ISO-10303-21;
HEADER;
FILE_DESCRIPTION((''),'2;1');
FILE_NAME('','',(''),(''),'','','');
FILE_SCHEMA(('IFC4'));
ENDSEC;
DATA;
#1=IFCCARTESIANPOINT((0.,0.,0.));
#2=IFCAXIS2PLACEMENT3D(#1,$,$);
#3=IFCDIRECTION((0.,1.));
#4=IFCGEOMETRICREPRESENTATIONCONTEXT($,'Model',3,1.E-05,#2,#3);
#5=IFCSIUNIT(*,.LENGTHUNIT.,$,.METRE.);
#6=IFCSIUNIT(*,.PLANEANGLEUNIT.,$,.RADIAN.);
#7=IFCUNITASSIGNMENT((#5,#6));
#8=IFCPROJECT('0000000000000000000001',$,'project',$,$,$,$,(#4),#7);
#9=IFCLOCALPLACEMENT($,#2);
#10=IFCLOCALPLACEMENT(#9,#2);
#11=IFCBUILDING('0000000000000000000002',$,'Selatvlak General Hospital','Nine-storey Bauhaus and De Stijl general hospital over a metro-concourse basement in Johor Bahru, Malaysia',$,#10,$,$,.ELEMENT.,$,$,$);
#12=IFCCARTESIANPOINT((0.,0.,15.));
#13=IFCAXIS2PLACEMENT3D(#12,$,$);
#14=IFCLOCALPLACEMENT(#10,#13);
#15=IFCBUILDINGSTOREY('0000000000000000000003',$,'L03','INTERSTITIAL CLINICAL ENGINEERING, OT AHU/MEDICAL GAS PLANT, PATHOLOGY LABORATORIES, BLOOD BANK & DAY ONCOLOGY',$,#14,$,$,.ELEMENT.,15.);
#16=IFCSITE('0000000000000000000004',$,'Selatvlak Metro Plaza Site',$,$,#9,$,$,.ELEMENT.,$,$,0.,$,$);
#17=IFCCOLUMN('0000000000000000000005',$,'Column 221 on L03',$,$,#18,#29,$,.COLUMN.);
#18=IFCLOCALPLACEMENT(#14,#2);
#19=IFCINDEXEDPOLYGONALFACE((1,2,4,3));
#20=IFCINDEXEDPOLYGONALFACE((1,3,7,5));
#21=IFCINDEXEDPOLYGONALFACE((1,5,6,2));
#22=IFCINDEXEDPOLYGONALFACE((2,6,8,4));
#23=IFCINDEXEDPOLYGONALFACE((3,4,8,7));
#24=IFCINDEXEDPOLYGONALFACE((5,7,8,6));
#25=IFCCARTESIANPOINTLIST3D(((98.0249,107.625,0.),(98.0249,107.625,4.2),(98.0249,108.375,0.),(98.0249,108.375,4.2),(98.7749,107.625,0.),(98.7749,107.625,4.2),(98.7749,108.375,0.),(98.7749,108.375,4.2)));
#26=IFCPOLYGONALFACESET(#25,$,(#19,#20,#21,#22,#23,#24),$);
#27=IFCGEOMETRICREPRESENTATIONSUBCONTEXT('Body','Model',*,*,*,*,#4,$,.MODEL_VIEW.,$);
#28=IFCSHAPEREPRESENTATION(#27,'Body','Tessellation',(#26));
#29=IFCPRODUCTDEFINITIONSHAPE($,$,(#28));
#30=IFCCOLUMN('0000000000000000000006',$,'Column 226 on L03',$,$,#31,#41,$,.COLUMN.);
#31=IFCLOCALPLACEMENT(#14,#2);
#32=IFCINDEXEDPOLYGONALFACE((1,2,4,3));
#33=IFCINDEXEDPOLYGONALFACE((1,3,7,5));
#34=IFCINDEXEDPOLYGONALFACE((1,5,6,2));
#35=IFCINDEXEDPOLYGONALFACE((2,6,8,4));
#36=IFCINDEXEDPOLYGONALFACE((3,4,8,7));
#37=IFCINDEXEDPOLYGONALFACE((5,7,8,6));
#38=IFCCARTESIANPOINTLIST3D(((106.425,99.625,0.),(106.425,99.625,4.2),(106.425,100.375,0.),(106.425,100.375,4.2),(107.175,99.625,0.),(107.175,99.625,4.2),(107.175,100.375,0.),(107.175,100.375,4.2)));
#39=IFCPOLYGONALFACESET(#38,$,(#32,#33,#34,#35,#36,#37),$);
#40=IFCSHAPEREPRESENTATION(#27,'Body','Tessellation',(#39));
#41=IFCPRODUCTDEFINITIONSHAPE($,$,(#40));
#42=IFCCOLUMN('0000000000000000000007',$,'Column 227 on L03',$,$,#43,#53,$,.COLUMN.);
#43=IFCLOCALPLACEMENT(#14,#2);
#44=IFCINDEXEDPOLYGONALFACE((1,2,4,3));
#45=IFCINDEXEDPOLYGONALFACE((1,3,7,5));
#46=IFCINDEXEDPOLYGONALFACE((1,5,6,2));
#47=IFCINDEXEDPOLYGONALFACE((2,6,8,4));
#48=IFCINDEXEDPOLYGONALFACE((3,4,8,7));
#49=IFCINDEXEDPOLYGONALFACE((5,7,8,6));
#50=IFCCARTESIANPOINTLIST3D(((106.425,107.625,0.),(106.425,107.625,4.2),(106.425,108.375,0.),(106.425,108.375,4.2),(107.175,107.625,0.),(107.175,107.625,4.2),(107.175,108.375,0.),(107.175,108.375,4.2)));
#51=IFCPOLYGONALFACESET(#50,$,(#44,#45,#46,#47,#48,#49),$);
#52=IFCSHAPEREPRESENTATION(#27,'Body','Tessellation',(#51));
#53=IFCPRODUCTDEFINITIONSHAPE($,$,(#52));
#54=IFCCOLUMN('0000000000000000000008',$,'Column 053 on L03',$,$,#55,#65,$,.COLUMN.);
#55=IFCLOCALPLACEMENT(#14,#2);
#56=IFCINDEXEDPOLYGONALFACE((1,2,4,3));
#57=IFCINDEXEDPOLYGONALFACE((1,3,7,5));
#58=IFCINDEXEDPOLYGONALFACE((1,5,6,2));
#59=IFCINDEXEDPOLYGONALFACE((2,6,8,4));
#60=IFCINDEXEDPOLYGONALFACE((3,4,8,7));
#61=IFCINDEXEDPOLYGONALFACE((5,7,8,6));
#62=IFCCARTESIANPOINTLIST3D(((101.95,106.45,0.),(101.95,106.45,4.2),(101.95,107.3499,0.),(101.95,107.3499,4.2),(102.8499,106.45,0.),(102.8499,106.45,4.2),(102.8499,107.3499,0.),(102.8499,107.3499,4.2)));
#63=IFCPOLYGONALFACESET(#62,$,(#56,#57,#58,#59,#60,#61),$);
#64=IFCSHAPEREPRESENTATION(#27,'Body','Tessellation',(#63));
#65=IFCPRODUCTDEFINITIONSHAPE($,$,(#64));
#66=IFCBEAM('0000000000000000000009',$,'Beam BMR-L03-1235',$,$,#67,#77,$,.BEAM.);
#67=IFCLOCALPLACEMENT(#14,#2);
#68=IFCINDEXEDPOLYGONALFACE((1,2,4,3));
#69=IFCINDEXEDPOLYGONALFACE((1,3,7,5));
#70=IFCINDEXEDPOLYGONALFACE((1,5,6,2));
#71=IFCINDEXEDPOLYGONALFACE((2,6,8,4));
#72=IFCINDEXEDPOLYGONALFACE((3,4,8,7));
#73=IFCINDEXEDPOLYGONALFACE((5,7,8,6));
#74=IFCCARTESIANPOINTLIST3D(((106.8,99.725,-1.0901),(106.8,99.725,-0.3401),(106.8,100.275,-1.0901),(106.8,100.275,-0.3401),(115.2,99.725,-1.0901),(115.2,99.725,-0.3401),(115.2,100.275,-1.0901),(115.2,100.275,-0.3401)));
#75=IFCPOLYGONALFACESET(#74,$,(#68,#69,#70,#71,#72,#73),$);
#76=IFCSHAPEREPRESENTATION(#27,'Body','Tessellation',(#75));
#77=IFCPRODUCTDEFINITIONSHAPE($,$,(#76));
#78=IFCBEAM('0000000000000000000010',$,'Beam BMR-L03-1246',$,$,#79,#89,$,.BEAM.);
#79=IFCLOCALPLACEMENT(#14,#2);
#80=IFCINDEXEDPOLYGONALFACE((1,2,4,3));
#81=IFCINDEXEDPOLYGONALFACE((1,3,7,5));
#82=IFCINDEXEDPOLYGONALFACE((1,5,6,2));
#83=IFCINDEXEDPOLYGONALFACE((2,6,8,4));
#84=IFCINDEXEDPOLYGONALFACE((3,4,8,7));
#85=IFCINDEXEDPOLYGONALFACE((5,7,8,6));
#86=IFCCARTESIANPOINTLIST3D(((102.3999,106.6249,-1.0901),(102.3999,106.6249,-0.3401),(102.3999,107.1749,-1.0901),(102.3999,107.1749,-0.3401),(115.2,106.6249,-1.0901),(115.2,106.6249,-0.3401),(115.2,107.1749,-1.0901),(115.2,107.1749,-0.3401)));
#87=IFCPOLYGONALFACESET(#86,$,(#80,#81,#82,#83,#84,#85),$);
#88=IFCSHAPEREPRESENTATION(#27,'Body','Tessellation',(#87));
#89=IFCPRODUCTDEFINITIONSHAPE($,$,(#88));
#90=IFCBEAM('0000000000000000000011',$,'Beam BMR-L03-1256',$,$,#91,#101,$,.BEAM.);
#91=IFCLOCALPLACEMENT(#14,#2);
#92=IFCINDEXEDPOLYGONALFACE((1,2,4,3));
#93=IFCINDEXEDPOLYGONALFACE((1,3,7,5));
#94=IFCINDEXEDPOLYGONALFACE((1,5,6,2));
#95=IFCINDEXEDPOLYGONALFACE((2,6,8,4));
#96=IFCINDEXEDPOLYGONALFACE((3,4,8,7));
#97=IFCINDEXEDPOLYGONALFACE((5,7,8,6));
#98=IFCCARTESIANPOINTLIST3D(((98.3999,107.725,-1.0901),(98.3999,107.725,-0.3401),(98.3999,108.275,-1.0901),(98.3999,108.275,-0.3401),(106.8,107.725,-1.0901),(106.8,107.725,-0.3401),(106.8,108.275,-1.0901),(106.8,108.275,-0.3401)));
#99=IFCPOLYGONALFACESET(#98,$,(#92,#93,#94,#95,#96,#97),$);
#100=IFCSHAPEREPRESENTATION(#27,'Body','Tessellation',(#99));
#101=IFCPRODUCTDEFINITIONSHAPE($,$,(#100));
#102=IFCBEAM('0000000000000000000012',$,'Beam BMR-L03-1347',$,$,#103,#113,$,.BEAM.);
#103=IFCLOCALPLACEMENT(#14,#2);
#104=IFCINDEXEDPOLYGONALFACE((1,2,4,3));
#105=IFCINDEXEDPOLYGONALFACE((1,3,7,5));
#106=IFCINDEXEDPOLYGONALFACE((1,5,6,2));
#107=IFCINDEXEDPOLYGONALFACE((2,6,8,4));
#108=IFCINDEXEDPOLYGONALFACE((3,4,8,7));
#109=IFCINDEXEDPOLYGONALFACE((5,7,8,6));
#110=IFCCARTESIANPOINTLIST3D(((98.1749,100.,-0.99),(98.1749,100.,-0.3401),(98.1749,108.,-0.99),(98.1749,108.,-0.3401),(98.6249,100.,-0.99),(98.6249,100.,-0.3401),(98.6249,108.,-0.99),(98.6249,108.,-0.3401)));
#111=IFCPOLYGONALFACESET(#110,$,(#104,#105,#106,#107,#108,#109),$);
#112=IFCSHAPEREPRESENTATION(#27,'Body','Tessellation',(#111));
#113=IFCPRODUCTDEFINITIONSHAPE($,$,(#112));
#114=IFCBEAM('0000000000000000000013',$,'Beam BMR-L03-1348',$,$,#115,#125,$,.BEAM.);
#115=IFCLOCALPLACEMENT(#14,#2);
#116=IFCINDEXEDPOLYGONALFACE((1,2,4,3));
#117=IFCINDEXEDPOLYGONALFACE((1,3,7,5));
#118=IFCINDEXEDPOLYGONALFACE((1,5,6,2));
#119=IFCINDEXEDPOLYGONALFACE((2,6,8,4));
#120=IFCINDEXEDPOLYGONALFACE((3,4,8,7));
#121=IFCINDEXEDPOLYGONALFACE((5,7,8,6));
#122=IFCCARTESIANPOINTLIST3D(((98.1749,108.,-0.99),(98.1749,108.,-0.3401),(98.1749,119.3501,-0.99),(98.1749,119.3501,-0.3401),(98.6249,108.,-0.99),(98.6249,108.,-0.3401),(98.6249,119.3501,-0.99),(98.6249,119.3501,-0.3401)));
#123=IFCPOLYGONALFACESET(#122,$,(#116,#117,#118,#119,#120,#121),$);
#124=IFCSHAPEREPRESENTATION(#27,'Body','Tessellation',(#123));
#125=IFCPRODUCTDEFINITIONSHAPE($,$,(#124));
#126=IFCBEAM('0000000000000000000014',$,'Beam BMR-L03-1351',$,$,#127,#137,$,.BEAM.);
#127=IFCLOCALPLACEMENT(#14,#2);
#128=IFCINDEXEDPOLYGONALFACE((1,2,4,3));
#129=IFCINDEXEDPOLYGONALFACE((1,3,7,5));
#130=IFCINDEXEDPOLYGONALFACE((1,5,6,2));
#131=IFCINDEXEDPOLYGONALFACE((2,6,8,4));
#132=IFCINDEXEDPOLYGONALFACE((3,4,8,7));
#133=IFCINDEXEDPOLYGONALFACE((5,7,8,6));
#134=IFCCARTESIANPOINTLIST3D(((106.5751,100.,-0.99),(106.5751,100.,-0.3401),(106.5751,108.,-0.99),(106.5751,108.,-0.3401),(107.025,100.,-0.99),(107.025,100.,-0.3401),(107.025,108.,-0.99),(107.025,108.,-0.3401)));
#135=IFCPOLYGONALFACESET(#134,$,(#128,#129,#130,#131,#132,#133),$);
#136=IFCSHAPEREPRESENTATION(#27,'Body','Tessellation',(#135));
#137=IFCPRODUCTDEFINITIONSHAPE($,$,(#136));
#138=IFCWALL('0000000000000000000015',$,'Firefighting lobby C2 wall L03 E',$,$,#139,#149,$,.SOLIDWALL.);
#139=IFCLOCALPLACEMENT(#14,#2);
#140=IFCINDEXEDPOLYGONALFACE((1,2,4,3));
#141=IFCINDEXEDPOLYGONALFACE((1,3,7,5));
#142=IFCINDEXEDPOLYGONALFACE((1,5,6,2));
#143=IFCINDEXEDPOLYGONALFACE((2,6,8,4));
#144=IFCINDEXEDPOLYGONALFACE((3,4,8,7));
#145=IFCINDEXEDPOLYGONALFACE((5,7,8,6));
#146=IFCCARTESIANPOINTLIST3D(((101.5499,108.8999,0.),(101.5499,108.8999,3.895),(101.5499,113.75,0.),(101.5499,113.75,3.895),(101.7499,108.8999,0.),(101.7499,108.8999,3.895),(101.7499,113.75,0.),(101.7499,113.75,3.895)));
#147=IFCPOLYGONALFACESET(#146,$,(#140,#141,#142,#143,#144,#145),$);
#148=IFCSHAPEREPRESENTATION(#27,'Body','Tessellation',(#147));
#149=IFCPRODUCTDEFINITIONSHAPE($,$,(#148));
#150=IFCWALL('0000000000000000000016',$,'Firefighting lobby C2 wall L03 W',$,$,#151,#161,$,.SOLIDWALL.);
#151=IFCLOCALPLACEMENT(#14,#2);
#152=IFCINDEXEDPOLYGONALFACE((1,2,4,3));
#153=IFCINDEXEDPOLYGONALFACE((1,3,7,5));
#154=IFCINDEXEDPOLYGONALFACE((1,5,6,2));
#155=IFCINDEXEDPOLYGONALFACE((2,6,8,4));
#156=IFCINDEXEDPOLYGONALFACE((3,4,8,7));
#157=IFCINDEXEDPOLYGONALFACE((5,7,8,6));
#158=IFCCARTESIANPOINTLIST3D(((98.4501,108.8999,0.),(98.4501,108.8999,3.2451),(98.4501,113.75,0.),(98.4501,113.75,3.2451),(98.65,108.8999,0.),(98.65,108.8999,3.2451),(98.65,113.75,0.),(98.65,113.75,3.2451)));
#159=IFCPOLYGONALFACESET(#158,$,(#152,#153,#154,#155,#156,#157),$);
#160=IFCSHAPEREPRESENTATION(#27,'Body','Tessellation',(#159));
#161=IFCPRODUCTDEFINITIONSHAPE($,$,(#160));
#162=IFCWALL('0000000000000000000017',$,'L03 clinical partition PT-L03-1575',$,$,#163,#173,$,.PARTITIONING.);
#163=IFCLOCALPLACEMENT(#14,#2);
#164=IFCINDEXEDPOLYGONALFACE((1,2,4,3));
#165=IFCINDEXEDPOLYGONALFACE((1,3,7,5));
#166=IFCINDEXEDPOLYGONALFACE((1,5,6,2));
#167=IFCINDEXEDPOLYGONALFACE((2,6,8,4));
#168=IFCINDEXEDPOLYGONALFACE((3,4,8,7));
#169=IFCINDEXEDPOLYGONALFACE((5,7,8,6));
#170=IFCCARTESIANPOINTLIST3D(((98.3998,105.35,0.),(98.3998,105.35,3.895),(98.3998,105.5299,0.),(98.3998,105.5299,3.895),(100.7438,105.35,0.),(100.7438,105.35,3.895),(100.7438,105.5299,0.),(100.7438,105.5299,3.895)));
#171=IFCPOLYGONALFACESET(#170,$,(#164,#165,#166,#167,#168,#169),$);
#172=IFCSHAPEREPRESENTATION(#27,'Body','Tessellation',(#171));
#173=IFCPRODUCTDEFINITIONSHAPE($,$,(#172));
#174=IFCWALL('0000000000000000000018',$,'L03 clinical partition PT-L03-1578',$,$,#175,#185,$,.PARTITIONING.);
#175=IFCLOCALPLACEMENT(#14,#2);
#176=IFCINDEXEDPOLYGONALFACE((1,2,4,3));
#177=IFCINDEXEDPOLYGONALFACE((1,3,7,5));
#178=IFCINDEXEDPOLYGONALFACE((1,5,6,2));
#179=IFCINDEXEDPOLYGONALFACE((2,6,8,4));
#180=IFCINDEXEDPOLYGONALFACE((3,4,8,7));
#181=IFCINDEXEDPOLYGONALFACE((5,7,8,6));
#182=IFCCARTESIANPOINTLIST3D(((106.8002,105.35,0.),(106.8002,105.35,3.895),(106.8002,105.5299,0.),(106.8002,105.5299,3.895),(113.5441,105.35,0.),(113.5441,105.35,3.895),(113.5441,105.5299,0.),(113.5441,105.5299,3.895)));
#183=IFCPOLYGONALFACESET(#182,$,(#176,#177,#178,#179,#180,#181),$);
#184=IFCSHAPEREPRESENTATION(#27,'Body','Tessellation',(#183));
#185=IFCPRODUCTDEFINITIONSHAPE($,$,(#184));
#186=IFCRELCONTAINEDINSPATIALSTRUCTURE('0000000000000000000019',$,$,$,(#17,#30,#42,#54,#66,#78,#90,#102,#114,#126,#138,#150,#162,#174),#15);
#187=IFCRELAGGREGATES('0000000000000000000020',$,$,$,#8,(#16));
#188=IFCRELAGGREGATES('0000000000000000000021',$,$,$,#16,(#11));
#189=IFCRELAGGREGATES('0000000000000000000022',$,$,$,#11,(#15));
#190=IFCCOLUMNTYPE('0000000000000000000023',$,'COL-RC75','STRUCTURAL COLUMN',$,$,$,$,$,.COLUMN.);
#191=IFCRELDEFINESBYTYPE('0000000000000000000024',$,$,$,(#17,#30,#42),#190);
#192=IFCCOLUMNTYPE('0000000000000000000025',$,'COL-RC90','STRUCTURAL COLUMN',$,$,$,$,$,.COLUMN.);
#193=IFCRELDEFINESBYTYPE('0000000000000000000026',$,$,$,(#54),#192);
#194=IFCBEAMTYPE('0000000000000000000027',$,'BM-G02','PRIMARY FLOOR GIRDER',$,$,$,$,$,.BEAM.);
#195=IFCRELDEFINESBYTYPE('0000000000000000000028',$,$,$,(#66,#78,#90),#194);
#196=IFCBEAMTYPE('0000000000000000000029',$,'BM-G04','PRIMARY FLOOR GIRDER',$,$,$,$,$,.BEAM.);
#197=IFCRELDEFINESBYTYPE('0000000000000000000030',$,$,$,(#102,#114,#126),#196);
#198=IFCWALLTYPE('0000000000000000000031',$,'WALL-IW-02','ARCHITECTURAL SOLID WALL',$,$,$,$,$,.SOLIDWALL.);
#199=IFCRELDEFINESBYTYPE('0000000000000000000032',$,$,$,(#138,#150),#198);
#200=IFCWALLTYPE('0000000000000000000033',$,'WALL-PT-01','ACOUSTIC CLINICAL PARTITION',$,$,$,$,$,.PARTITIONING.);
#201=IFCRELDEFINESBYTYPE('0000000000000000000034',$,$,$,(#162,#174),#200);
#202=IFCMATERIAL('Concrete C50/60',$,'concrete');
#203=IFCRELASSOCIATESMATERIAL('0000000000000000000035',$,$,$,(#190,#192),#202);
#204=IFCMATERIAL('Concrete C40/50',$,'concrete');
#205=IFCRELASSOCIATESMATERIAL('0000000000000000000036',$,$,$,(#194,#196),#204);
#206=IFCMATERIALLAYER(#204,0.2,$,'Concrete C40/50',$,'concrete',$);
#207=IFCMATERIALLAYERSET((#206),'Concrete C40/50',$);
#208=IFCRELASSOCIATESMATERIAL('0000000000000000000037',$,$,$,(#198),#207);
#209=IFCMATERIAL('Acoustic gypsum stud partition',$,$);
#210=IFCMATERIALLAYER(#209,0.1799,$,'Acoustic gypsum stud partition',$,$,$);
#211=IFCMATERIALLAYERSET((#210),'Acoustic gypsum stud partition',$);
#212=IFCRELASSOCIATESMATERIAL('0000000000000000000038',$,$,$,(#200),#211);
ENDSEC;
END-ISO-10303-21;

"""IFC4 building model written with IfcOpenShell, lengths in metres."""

from ifc_helpers import new_model, si_unit, direction, frame, frame_2d, origin, origin_2d, place, context, subcontext, project, spatial, rectangle, extrude, material, layer, layer_set, material_profile, profile_set, type_object, element, save


model = new_model("IFC4")

# Units and contexts
model_context = context("Model", 3, precision=1e-05, world=origin(), true_north=direction((0.0, 1.0)))
body_context = subcontext(model_context, "Body", "Model", "MODEL_VIEW")
ifc_project = project(units=[si_unit("LENGTHUNIT", "METRE"), si_unit("PLANEANGLEUNIT", "RADIAN")], contexts=[model_context])

# Site, building, storey
site_placement = place(None, origin())
site = spatial("IfcSite", under=ifc_project, at=site_placement, Name="Selatvlak Metro Plaza Site", CompositionType="ELEMENT", RefElevation=0.0)
building_placement = place(site_placement, origin())
building = spatial("IfcBuilding", under=site, at=building_placement, Name="Selatvlak General Hospital", Description="Nine-storey Bauhaus and De Stijl general hospital over a metro-concourse basement in Johor Bahru, Malaysia", CompositionType="ELEMENT")
storey_placement = place(building_placement, frame((0.0, 0.0, 15.0)))
storey = spatial("IfcBuildingStorey", under=building, at=storey_placement, Name="L03", Description="INTERSTITIAL CLINICAL ENGINEERING, OT AHU/MEDICAL GAS PLANT, PATHOLOGY LABORATORIES, BLOOD BANK & DAY ONCOLOGY", CompositionType="ELEMENT", Elevation=15.0)

# Columns
ifc_material_1 = material(Name="Concrete C50/60", Category="concrete")
ifc_material_profile_1 = material_profile(ifc_material_1, rectangle(XDim=0.75, YDim=0.75, at=origin_2d()), Name="RC-COL 750x750")
ifc_profile_set_1 = profile_set([ifc_material_profile_1], Name="Concrete C50/60")
column_type_1 = type_object("IfcColumnType", Name="COL-RC75", Description="STRUCTURAL COLUMN", PredefinedType="COLUMN", material=ifc_profile_set_1)
for number, where, z_axis, x_axis, name in (
    (1, (98.3999, 108.0, 0.0), (0.0, 0.0, 1.0), (1.0, 0.0, 0.0), "Column 221 on L03"),
    (2, (106.8, 100.0, 0.0), (0.0, 0.0, 1.0), (1.0, 0.0, 0.0), "Column 226 on L03"),
    (3, (106.8, 108.0, 0.0), (0.0, 0.0, 1.0), (1.0, 0.0, 0.0), "Column 227 on L03"),
):
    element("IfcColumn", number, at=place(storey_placement, frame(where, z_axis=z_axis, x_axis=x_axis)), inside=storey, type_object=column_type_1, Name=name, PredefinedType="COLUMN", context=body_context, shape_type="SweptSolid", body=[
        extrude(rectangle(XDim=0.75, YDim=0.75, at=origin_2d()), origin(), (0.0, 0.0, 1.0), 4.2),
    ])
ifc_material_profile_2 = material_profile(ifc_material_1, rectangle(XDim=0.8999, YDim=0.8999, at=origin_2d()), Name="RC-COL 900x900")
ifc_profile_set_2 = profile_set([ifc_material_profile_2], Name="Concrete C50/60")
column_type_2 = type_object("IfcColumnType", Name="COL-RC90", Description="STRUCTURAL COLUMN", PredefinedType="COLUMN", material=ifc_profile_set_2)
column_placement = place(storey_placement, frame((102.3999, 106.8999, 0.0), z_axis=(0.0, 0.0, 1.0), x_axis=(1.0, 0.0, 0.0)))
element("IfcColumn", 4, at=column_placement, inside=storey, type_object=column_type_2, Name="Column 053 on L03", PredefinedType="COLUMN", context=body_context, shape_type="SweptSolid", body=[
    extrude(rectangle(XDim=0.8999, YDim=0.8999, at=origin_2d()), origin(), (0.0, 0.0, 1.0), 4.2),
])

# Beams
ifc_material_2 = material(Name="Concrete C40/50", Category="concrete")
ifc_material_profile_3 = material_profile(ifc_material_2, rectangle(XDim=0.55, YDim=0.75, at=origin_2d()), Name="RC-BM 550x750")
ifc_profile_set_3 = profile_set([ifc_material_profile_3], Name="Concrete C40/50")
beam_type_1 = type_object("IfcBeamType", Name="BM-G02", Description="PRIMARY FLOOR GIRDER", PredefinedType="BEAM", material=ifc_profile_set_3)
beam_1_placement = place(storey_placement, frame((106.8, 100.0, -0.7151), z_axis=(1.0, 0.0, 0.0), x_axis=(0.0, 1.0, 0.0)))
element("IfcBeam", 5, at=beam_1_placement, inside=storey, type_object=beam_type_1, Name="Beam BMR-L03-1235", PredefinedType="BEAM", context=body_context, shape_type="SweptSolid", body=[
    extrude(rectangle(XDim=0.55, YDim=0.75, at=origin_2d()), origin(), (0.0, 0.0, 1.0), 8.3999),
])
beam_2_placement = place(storey_placement, frame((102.3999, 106.8999, -0.7151), z_axis=(1.0, 0.0, 0.0), x_axis=(0.0, 1.0, 0.0)))
element("IfcBeam", 6, at=beam_2_placement, inside=storey, type_object=beam_type_1, Name="Beam BMR-L03-1246", PredefinedType="BEAM", context=body_context, shape_type="SweptSolid", body=[
    extrude(rectangle(XDim=0.55, YDim=0.75, at=origin_2d()), origin(), (0.0, 0.0, 1.0), 12.8),
])
beam_3_placement = place(storey_placement, frame((98.3999, 108.0, -0.7151), z_axis=(1.0, 0.0, 0.0), x_axis=(0.0, 1.0, 0.0)))
element("IfcBeam", 7, at=beam_3_placement, inside=storey, type_object=beam_type_1, Name="Beam BMR-L03-1256", PredefinedType="BEAM", context=body_context, shape_type="SweptSolid", body=[
    extrude(rectangle(XDim=0.55, YDim=0.75, at=origin_2d()), origin(), (0.0, 0.0, 1.0), 8.4001),
])
ifc_material_profile_4 = material_profile(ifc_material_2, rectangle(XDim=0.45, YDim=0.6499, at=origin_2d()), Name="RC-BM 450x650")
ifc_profile_set_4 = profile_set([ifc_material_profile_4], Name="Concrete C40/50")
beam_type_2 = type_object("IfcBeamType", Name="BM-G04", Description="PRIMARY FLOOR GIRDER", PredefinedType="BEAM", material=ifc_profile_set_4)
beam_4_placement = place(storey_placement, frame((98.3999, 100.0, -0.665), z_axis=(0.0, 1.0, 0.0), x_axis=(-1.0, 0.0, 0.0)))
element("IfcBeam", 8, at=beam_4_placement, inside=storey, type_object=beam_type_2, Name="Beam BMR-L03-1347", PredefinedType="BEAM", context=body_context, shape_type="SweptSolid", body=[
    extrude(rectangle(XDim=0.45, YDim=0.6499, at=origin_2d()), origin(), (0.0, 0.0, 1.0), 8.0),
])
beam_5_placement = place(storey_placement, frame((98.3999, 108.0, -0.665), z_axis=(0.0, 1.0, 0.0), x_axis=(-1.0, 0.0, 0.0)))
element("IfcBeam", 9, at=beam_5_placement, inside=storey, type_object=beam_type_2, Name="Beam BMR-L03-1348", PredefinedType="BEAM", context=body_context, shape_type="SweptSolid", body=[
    extrude(rectangle(XDim=0.45, YDim=0.6499, at=origin_2d()), origin(), (0.0, 0.0, 1.0), 11.3501),
])
beam_6_placement = place(storey_placement, frame((106.8, 100.0, -0.665), z_axis=(0.0, 1.0, 0.0), x_axis=(-1.0, 0.0, 0.0)))
element("IfcBeam", 10, at=beam_6_placement, inside=storey, type_object=beam_type_2, Name="Beam BMR-L03-1351", PredefinedType="BEAM", context=body_context, shape_type="SweptSolid", body=[
    extrude(rectangle(XDim=0.45, YDim=0.6499, at=origin_2d()), origin(), (0.0, 0.0, 1.0), 8.0),
])

# Shared definitions
ifc_layer_1 = layer(ifc_material_2, 0.2, Name="Concrete C40/50", Category="concrete")
ifc_layer_set_1 = layer_set([ifc_layer_1], Name="Concrete C40/50")
wall_type_1 = type_object("IfcWallType", Name="WALL-IW-02", Description="ARCHITECTURAL SOLID WALL", PredefinedType="SOLIDWALL", material=ifc_layer_set_1)

# Walls
wall_1_placement = place(storey_placement, frame((101.6499, 108.8999, 0.0), z_axis=(0.0, 0.0, 1.0), x_axis=(0.0, 1.0, 0.0)))
element("IfcWall", 11, at=wall_1_placement, inside=storey, type_object=wall_type_1, Name="Firefighting lobby C2 wall L03 E", PredefinedType="SOLIDWALL", context=body_context, shape_type="SweptSolid", body=[
    extrude(rectangle(XDim=4.8501, YDim=0.2, at=frame_2d((2.425, 0.0))), origin(), (0.0, 0.0, 1.0), 3.895),
])
wall_2_placement = place(storey_placement, frame((98.55, 113.75, 0.0), z_axis=(0.0, 0.0, 1.0), x_axis=(0.0, -1.0, 0.0)))
element("IfcWall", 12, at=wall_2_placement, inside=storey, type_object=wall_type_1, Name="Firefighting lobby C2 wall L03 W", PredefinedType="SOLIDWALL", context=body_context, shape_type="SweptSolid", body=[
    extrude(rectangle(XDim=4.8501, YDim=0.2, at=frame_2d((2.425, 0.0))), origin(), (0.0, 0.0, 1.0), 3.2451),
])
ifc_material_3 = material(Name="Acoustic gypsum stud partition")
ifc_layer_2 = layer(ifc_material_3, 0.1799, Name="Acoustic gypsum stud partition")
ifc_layer_set_2 = layer_set([ifc_layer_2], Name="Acoustic gypsum stud partition")
wall_type_2 = type_object("IfcWallType", Name="WALL-PT-01", Description="ACOUSTIC CLINICAL PARTITION", PredefinedType="PARTITIONING", material=ifc_layer_set_2)
wall_3_placement = place(storey_placement, frame((98.3999, 105.4399, 0.0), z_axis=(0.0, 0.0, 1.0), x_axis=(1.0, 0.0, 0.0)))
element("IfcWall", 13, at=wall_3_placement, inside=storey, type_object=wall_type_2, Name="L03 clinical partition PT-L03-1575", PredefinedType="PARTITIONING", context=body_context, shape_type="SweptSolid", body=[
    extrude(rectangle(XDim=2.344, YDim=0.1799, at=frame_2d((1.1719, 0.0))), origin(), (0.0, 0.0, 1.0), 3.895),
])
wall_4_placement = place(storey_placement, frame((106.8, 105.4399, 0.0), z_axis=(0.0, 0.0, 1.0), x_axis=(1.0, 0.0, 0.0)))
element("IfcWall", 14, at=wall_4_placement, inside=storey, type_object=wall_type_2, Name="L03 clinical partition PT-L03-1578", PredefinedType="PARTITIONING", context=body_context, shape_type="SweptSolid", body=[
    extrude(rectangle(XDim=6.7439, YDim=0.1799, at=frame_2d((3.3721, 0.0))), origin(), (0.0, 0.0, 1.0), 3.895),
])

save(model, "model.ifc")
